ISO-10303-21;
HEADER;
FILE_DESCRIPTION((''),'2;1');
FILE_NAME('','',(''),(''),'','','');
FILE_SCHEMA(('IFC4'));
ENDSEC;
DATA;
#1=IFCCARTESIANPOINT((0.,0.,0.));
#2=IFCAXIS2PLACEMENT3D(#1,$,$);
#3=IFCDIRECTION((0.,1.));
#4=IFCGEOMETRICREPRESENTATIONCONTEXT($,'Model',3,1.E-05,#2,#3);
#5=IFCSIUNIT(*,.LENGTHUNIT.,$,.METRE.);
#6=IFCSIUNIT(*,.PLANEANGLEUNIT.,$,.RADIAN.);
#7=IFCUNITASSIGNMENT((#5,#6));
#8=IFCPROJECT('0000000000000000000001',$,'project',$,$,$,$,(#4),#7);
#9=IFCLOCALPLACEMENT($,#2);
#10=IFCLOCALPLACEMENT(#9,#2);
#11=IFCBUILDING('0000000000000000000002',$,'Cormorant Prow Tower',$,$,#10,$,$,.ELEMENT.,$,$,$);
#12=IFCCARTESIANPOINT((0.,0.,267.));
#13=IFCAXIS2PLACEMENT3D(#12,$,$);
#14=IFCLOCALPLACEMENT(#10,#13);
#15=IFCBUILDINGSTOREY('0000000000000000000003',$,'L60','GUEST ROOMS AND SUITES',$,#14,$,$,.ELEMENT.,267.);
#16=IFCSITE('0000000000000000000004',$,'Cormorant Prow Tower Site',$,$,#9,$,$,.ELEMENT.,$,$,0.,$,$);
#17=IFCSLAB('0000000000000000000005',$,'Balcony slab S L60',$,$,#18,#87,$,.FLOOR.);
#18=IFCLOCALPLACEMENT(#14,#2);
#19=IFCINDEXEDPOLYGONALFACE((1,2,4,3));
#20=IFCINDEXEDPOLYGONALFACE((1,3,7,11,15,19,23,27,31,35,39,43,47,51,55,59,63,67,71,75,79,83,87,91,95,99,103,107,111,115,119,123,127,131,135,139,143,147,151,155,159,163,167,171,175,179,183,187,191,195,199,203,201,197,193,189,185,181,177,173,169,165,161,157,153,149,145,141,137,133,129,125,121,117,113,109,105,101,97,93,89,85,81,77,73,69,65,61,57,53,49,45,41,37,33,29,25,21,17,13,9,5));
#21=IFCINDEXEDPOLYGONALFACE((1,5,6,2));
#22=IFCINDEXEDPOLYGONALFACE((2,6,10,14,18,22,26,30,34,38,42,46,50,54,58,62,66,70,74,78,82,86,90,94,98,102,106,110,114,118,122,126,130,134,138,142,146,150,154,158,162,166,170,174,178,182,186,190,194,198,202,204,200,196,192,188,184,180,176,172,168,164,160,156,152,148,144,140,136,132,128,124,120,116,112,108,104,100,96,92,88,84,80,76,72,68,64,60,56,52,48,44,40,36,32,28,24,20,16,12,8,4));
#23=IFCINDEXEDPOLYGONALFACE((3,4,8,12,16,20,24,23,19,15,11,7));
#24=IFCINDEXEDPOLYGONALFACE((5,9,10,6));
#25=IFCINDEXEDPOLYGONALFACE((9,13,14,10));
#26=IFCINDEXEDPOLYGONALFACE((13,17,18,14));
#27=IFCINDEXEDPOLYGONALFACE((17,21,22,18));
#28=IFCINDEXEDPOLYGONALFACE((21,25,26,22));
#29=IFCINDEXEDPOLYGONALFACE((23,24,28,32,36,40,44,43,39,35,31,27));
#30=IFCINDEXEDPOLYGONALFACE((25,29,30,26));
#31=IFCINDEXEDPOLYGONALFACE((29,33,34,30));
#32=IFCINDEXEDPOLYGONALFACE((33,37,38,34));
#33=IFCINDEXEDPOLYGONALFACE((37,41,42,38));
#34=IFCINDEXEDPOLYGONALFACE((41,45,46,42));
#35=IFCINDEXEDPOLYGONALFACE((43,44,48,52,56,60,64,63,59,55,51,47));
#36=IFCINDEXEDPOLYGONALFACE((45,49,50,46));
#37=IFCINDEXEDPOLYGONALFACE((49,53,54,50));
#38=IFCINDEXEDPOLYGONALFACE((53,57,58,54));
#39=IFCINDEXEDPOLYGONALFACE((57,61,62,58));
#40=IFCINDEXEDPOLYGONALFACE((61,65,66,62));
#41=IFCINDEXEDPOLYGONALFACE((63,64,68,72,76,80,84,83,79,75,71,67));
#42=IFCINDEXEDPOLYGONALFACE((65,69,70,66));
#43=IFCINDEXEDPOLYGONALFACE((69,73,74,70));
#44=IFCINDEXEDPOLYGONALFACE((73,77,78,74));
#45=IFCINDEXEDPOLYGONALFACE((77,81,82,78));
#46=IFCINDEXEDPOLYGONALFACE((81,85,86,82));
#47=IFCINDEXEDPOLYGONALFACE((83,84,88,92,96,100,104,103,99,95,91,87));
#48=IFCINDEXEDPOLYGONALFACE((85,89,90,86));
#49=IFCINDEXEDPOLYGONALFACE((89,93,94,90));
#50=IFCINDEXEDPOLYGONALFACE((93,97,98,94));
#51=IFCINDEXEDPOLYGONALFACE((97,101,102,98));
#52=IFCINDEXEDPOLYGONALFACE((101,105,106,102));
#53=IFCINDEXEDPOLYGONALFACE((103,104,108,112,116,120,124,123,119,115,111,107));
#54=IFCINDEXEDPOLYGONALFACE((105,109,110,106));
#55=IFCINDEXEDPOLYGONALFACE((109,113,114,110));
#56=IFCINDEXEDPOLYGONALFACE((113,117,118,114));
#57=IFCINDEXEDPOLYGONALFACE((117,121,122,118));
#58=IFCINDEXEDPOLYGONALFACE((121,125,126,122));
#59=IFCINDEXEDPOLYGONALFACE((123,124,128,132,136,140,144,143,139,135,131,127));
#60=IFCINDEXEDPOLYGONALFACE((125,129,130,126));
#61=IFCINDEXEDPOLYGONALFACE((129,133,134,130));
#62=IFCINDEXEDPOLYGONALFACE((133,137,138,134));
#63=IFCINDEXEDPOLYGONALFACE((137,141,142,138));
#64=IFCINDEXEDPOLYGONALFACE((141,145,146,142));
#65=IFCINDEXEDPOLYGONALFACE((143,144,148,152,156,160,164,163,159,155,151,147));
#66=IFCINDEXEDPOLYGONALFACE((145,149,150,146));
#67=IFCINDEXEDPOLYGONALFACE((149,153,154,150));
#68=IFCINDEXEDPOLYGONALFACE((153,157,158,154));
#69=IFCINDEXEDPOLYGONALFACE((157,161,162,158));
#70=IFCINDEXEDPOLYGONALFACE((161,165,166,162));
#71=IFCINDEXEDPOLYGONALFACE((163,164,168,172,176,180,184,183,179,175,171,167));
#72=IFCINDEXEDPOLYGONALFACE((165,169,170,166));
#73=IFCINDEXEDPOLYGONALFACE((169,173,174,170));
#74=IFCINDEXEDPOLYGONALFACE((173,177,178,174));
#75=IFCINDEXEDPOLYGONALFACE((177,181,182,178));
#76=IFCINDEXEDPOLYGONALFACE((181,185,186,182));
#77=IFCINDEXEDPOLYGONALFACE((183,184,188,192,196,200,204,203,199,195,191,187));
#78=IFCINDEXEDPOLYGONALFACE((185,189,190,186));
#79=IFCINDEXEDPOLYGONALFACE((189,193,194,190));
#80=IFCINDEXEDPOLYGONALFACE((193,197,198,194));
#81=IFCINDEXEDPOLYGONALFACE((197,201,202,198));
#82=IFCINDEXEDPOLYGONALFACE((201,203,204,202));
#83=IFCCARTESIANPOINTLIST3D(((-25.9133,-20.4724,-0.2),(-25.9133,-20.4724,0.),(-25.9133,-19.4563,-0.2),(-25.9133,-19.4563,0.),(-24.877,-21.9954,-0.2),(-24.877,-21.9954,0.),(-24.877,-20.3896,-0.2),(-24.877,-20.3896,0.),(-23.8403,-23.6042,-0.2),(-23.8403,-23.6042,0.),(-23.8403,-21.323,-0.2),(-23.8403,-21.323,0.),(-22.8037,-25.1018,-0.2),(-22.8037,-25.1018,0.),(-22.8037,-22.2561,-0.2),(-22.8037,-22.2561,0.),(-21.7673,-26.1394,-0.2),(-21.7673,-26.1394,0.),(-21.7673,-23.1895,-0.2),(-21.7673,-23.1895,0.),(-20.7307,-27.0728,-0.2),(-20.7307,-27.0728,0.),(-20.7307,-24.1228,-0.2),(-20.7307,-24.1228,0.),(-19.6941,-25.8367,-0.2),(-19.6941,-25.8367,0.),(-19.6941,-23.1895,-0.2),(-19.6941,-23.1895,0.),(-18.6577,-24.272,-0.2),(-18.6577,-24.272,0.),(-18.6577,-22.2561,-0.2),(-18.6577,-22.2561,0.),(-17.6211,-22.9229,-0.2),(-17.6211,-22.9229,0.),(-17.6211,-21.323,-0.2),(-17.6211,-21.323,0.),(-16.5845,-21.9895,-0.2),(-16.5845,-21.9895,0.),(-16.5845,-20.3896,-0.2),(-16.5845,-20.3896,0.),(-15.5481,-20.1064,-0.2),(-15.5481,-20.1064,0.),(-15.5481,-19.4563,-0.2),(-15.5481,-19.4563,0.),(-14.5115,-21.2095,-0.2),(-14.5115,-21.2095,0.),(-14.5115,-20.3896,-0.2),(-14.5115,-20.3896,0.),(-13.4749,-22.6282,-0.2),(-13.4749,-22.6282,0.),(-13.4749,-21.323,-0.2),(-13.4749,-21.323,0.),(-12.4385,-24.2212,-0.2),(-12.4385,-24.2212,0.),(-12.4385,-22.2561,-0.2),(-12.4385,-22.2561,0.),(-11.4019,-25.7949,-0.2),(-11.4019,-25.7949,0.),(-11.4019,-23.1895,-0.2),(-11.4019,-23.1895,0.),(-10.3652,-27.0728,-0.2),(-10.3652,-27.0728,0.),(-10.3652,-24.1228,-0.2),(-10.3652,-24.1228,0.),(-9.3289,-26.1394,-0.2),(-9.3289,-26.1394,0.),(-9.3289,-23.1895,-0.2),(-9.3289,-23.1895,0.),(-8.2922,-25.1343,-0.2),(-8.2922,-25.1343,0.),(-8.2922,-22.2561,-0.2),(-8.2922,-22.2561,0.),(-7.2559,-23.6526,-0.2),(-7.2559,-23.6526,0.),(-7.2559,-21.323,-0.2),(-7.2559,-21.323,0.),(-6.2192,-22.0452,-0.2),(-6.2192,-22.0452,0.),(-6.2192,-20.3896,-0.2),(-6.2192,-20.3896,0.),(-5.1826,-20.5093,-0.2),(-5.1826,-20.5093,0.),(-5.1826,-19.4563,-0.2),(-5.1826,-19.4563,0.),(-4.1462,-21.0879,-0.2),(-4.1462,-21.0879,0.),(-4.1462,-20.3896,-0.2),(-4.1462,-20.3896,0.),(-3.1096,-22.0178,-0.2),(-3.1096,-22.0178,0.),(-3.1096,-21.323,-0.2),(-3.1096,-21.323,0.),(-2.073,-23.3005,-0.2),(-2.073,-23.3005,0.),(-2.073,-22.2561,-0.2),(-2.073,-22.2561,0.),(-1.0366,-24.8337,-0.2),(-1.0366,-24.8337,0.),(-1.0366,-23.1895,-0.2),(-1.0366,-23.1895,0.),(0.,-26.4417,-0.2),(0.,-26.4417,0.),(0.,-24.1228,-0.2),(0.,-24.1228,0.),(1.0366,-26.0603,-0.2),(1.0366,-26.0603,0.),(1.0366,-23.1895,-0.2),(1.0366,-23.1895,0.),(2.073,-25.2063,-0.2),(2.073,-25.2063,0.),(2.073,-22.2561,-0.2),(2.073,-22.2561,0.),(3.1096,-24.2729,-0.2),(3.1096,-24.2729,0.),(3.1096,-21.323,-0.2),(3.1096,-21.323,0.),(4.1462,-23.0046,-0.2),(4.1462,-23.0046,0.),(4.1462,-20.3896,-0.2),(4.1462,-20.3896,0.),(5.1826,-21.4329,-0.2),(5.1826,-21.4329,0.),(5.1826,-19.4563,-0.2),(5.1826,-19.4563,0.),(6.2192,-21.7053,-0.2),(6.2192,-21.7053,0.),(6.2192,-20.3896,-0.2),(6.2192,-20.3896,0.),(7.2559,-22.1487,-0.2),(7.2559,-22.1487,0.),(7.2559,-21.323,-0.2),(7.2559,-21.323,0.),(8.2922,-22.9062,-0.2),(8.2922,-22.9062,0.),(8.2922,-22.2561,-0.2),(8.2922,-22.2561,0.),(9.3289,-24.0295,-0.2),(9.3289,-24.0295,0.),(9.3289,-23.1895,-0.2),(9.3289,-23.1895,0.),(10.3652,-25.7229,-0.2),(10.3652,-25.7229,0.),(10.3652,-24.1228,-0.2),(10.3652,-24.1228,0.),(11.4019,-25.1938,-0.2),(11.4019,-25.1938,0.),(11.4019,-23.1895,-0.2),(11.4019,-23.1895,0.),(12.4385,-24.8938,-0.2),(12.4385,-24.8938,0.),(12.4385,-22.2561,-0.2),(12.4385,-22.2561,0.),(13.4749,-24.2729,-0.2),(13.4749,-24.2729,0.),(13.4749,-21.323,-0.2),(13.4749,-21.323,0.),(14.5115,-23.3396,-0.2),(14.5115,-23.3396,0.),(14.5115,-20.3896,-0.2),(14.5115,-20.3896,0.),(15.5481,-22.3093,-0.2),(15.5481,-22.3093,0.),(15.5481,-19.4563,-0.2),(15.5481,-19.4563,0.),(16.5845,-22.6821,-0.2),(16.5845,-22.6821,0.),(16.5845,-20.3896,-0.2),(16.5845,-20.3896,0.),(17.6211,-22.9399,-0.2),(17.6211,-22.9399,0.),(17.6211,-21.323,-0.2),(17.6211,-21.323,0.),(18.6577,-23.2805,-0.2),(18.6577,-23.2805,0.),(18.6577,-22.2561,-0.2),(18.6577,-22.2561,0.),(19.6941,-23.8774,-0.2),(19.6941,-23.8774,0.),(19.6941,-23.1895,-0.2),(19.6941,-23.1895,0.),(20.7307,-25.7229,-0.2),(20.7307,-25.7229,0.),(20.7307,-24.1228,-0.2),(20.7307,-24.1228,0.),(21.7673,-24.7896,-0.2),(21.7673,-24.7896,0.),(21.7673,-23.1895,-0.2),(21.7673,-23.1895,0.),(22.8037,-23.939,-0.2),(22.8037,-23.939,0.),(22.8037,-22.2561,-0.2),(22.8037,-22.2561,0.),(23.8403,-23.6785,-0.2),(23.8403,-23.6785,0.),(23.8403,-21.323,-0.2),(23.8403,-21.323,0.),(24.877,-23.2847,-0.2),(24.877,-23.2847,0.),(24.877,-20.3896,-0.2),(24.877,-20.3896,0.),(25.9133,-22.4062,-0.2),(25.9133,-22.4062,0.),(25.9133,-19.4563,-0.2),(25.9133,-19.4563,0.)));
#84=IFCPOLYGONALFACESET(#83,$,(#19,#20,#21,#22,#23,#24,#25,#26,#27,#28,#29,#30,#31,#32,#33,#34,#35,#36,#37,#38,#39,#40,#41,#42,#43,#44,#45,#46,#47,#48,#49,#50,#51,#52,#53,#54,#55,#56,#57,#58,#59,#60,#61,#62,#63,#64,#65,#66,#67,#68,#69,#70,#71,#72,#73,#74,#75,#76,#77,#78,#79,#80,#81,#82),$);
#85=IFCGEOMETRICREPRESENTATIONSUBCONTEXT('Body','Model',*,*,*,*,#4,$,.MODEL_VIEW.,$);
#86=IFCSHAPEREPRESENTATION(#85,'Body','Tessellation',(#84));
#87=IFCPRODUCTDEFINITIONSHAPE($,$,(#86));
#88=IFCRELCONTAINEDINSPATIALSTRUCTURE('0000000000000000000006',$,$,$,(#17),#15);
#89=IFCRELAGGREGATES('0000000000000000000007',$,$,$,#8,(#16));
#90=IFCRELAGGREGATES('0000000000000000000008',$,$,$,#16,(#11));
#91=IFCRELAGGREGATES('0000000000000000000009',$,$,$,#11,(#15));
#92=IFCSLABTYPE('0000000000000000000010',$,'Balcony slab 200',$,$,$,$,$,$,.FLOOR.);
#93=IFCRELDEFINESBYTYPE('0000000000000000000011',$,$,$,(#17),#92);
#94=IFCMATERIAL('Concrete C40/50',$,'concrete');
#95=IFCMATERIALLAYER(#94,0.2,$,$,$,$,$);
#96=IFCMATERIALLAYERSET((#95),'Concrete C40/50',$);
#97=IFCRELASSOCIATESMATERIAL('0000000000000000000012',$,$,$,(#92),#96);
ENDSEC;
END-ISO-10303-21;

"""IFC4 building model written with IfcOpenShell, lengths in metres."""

from ifc_helpers import new_model, si_unit, direction, frame, origin, place, context, subcontext, project, spatial, polyline, outline, extrude, material, layer, layer_set, type_object, element, save


model = new_model("IFC4")

# Units and contexts
model_context = context("Model", 3, precision=1e-05, world=origin(), true_north=direction((0.0, 1.0)))
body_context = subcontext(model_context, "Body", "Model", "MODEL_VIEW")
ifc_project = project(units=[si_unit("LENGTHUNIT", "METRE"), si_unit("PLANEANGLEUNIT", "RADIAN")], contexts=[model_context])

# Site, building, storey
site_placement = place(None, origin())
site = spatial("IfcSite", under=ifc_project, at=site_placement, Name="Cormorant Prow Tower Site", CompositionType="ELEMENT", RefElevation=0.0)
building_placement = place(site_placement, origin())
building = spatial("IfcBuilding", under=site, at=building_placement, Name="Cormorant Prow Tower", CompositionType="ELEMENT")
storey_placement = place(building_placement, frame((0.0, 0.0, 267.0)))
storey = spatial("IfcBuildingStorey", under=building, at=storey_placement, Name="L60", Description="GUEST ROOMS AND SUITES", CompositionType="ELEMENT", Elevation=267.0)

# Slab
ifc_material_1 = material(Name="Concrete C40/50", Category="concrete")
ifc_layer_1 = layer(ifc_material_1, 0.2)
ifc_layer_set_1 = layer_set([ifc_layer_1], Name="Concrete C40/50")
slab_type_1 = type_object("IfcSlabType", Name="Balcony slab 200", PredefinedType="FLOOR", material=ifc_layer_set_1)
slab_1_placement = place(storey_placement, frame((0.0, 0.0, -0.2)))
element("IfcSlab", 1, at=slab_1_placement, inside=storey, type_object=slab_type_1, Name="Balcony slab S L60", PredefinedType="FLOOR", context=body_context, shape_type="SweptSolid", body=[
    extrude(outline(polyline([(-25.9133, -19.4563), (-25.9133, -20.4724), (-24.877, -21.9954), (-23.8403, -23.6042), (-22.8037, -25.1018), (-21.7673, -26.1394), (-20.7307, -27.0728), (-19.6941, -25.8367), (-18.6577, -24.272), (-17.6211, -22.9229), (-16.5845, -21.9895), (-15.5481, -20.1064), (-14.5115, -21.2095), (-13.4749, -22.6282), (-12.4385, -24.2212), (-11.4019, -25.7949), (-10.3652, -27.0728), (-9.3289, -26.1394), (-8.2922, -25.1343), (-7.2559, -23.6526), (-6.2192, -22.0452), (-5.1826, -20.5093), (-4.1462, -21.0879), (-3.1096, -22.0178), (-2.073, -23.3005), (-1.0366, -24.8337), (0.0, -26.4417), (1.0366, -26.0603), (2.073, -25.2063), (3.1096, -24.2729), (4.1462, -23.0046), (5.1826, -21.4329), (6.2192, -21.7053), (7.2559, -22.1487), (8.2922, -22.9062), (9.3289, -24.0295), (10.3652, -25.7229), (11.4019, -25.1938), (12.4385, -24.8938), (13.4749, -24.2729), (14.5115, -23.3396), (15.5481, -22.3093), (16.5845, -22.6821), (17.6211, -22.9399), (18.6577, -23.2805), (19.6941, -23.8774), (20.7307, -25.7229), (21.7673, -24.7896), (22.8037, -23.939), (23.8403, -23.6785), (24.877, -23.2847), (25.9133, -22.4062), (25.9133, -19.4563), (24.877, -20.3896), (23.8403, -21.323), (22.8037, -22.2561), (21.7673, -23.1895), (20.7307, -24.1228), (19.6941, -23.1895), (18.6577, -22.2561), (17.6211, -21.323), (16.5845, -20.3896), (15.5481, -19.4563), (14.5115, -20.3896), (13.4749, -21.323), (12.4385, -22.2561), (11.4019, -23.1895), (10.3652, -24.1228), (9.3289, -23.1895), (8.2922, -22.2561), (7.2559, -21.323), (6.2192, -20.3896), (5.1826, -19.4563), (4.1462, -20.3896), (3.1096, -21.323), (2.073, -22.2561), (1.0366, -23.1895), (0.0, -24.1228), (-1.0366, -23.1895), (-2.073, -22.2561), (-3.1096, -21.323), (-4.1462, -20.3896), (-5.1826, -19.4563), (-6.2192, -20.3896), (-7.2559, -21.323), (-8.2922, -22.2561), (-9.3289, -23.1895), (-10.3652, -24.1228), (-11.4019, -23.1895), (-12.4385, -22.2561), (-13.4749, -21.323), (-14.5115, -20.3896), (-15.5481, -19.4563), (-16.5845, -20.3896), (-17.6211, -21.323), (-18.6577, -22.2561), (-19.6941, -23.1895), (-20.7307, -24.1228), (-21.7673, -23.1895), (-22.8037, -22.2561), (-23.8403, -21.323), (-24.877, -20.3896), (-25.9133, -19.4563)])), origin(), (0.0, 0.0, 1.0), 0.2),
])

save(model, "model.ifc")
